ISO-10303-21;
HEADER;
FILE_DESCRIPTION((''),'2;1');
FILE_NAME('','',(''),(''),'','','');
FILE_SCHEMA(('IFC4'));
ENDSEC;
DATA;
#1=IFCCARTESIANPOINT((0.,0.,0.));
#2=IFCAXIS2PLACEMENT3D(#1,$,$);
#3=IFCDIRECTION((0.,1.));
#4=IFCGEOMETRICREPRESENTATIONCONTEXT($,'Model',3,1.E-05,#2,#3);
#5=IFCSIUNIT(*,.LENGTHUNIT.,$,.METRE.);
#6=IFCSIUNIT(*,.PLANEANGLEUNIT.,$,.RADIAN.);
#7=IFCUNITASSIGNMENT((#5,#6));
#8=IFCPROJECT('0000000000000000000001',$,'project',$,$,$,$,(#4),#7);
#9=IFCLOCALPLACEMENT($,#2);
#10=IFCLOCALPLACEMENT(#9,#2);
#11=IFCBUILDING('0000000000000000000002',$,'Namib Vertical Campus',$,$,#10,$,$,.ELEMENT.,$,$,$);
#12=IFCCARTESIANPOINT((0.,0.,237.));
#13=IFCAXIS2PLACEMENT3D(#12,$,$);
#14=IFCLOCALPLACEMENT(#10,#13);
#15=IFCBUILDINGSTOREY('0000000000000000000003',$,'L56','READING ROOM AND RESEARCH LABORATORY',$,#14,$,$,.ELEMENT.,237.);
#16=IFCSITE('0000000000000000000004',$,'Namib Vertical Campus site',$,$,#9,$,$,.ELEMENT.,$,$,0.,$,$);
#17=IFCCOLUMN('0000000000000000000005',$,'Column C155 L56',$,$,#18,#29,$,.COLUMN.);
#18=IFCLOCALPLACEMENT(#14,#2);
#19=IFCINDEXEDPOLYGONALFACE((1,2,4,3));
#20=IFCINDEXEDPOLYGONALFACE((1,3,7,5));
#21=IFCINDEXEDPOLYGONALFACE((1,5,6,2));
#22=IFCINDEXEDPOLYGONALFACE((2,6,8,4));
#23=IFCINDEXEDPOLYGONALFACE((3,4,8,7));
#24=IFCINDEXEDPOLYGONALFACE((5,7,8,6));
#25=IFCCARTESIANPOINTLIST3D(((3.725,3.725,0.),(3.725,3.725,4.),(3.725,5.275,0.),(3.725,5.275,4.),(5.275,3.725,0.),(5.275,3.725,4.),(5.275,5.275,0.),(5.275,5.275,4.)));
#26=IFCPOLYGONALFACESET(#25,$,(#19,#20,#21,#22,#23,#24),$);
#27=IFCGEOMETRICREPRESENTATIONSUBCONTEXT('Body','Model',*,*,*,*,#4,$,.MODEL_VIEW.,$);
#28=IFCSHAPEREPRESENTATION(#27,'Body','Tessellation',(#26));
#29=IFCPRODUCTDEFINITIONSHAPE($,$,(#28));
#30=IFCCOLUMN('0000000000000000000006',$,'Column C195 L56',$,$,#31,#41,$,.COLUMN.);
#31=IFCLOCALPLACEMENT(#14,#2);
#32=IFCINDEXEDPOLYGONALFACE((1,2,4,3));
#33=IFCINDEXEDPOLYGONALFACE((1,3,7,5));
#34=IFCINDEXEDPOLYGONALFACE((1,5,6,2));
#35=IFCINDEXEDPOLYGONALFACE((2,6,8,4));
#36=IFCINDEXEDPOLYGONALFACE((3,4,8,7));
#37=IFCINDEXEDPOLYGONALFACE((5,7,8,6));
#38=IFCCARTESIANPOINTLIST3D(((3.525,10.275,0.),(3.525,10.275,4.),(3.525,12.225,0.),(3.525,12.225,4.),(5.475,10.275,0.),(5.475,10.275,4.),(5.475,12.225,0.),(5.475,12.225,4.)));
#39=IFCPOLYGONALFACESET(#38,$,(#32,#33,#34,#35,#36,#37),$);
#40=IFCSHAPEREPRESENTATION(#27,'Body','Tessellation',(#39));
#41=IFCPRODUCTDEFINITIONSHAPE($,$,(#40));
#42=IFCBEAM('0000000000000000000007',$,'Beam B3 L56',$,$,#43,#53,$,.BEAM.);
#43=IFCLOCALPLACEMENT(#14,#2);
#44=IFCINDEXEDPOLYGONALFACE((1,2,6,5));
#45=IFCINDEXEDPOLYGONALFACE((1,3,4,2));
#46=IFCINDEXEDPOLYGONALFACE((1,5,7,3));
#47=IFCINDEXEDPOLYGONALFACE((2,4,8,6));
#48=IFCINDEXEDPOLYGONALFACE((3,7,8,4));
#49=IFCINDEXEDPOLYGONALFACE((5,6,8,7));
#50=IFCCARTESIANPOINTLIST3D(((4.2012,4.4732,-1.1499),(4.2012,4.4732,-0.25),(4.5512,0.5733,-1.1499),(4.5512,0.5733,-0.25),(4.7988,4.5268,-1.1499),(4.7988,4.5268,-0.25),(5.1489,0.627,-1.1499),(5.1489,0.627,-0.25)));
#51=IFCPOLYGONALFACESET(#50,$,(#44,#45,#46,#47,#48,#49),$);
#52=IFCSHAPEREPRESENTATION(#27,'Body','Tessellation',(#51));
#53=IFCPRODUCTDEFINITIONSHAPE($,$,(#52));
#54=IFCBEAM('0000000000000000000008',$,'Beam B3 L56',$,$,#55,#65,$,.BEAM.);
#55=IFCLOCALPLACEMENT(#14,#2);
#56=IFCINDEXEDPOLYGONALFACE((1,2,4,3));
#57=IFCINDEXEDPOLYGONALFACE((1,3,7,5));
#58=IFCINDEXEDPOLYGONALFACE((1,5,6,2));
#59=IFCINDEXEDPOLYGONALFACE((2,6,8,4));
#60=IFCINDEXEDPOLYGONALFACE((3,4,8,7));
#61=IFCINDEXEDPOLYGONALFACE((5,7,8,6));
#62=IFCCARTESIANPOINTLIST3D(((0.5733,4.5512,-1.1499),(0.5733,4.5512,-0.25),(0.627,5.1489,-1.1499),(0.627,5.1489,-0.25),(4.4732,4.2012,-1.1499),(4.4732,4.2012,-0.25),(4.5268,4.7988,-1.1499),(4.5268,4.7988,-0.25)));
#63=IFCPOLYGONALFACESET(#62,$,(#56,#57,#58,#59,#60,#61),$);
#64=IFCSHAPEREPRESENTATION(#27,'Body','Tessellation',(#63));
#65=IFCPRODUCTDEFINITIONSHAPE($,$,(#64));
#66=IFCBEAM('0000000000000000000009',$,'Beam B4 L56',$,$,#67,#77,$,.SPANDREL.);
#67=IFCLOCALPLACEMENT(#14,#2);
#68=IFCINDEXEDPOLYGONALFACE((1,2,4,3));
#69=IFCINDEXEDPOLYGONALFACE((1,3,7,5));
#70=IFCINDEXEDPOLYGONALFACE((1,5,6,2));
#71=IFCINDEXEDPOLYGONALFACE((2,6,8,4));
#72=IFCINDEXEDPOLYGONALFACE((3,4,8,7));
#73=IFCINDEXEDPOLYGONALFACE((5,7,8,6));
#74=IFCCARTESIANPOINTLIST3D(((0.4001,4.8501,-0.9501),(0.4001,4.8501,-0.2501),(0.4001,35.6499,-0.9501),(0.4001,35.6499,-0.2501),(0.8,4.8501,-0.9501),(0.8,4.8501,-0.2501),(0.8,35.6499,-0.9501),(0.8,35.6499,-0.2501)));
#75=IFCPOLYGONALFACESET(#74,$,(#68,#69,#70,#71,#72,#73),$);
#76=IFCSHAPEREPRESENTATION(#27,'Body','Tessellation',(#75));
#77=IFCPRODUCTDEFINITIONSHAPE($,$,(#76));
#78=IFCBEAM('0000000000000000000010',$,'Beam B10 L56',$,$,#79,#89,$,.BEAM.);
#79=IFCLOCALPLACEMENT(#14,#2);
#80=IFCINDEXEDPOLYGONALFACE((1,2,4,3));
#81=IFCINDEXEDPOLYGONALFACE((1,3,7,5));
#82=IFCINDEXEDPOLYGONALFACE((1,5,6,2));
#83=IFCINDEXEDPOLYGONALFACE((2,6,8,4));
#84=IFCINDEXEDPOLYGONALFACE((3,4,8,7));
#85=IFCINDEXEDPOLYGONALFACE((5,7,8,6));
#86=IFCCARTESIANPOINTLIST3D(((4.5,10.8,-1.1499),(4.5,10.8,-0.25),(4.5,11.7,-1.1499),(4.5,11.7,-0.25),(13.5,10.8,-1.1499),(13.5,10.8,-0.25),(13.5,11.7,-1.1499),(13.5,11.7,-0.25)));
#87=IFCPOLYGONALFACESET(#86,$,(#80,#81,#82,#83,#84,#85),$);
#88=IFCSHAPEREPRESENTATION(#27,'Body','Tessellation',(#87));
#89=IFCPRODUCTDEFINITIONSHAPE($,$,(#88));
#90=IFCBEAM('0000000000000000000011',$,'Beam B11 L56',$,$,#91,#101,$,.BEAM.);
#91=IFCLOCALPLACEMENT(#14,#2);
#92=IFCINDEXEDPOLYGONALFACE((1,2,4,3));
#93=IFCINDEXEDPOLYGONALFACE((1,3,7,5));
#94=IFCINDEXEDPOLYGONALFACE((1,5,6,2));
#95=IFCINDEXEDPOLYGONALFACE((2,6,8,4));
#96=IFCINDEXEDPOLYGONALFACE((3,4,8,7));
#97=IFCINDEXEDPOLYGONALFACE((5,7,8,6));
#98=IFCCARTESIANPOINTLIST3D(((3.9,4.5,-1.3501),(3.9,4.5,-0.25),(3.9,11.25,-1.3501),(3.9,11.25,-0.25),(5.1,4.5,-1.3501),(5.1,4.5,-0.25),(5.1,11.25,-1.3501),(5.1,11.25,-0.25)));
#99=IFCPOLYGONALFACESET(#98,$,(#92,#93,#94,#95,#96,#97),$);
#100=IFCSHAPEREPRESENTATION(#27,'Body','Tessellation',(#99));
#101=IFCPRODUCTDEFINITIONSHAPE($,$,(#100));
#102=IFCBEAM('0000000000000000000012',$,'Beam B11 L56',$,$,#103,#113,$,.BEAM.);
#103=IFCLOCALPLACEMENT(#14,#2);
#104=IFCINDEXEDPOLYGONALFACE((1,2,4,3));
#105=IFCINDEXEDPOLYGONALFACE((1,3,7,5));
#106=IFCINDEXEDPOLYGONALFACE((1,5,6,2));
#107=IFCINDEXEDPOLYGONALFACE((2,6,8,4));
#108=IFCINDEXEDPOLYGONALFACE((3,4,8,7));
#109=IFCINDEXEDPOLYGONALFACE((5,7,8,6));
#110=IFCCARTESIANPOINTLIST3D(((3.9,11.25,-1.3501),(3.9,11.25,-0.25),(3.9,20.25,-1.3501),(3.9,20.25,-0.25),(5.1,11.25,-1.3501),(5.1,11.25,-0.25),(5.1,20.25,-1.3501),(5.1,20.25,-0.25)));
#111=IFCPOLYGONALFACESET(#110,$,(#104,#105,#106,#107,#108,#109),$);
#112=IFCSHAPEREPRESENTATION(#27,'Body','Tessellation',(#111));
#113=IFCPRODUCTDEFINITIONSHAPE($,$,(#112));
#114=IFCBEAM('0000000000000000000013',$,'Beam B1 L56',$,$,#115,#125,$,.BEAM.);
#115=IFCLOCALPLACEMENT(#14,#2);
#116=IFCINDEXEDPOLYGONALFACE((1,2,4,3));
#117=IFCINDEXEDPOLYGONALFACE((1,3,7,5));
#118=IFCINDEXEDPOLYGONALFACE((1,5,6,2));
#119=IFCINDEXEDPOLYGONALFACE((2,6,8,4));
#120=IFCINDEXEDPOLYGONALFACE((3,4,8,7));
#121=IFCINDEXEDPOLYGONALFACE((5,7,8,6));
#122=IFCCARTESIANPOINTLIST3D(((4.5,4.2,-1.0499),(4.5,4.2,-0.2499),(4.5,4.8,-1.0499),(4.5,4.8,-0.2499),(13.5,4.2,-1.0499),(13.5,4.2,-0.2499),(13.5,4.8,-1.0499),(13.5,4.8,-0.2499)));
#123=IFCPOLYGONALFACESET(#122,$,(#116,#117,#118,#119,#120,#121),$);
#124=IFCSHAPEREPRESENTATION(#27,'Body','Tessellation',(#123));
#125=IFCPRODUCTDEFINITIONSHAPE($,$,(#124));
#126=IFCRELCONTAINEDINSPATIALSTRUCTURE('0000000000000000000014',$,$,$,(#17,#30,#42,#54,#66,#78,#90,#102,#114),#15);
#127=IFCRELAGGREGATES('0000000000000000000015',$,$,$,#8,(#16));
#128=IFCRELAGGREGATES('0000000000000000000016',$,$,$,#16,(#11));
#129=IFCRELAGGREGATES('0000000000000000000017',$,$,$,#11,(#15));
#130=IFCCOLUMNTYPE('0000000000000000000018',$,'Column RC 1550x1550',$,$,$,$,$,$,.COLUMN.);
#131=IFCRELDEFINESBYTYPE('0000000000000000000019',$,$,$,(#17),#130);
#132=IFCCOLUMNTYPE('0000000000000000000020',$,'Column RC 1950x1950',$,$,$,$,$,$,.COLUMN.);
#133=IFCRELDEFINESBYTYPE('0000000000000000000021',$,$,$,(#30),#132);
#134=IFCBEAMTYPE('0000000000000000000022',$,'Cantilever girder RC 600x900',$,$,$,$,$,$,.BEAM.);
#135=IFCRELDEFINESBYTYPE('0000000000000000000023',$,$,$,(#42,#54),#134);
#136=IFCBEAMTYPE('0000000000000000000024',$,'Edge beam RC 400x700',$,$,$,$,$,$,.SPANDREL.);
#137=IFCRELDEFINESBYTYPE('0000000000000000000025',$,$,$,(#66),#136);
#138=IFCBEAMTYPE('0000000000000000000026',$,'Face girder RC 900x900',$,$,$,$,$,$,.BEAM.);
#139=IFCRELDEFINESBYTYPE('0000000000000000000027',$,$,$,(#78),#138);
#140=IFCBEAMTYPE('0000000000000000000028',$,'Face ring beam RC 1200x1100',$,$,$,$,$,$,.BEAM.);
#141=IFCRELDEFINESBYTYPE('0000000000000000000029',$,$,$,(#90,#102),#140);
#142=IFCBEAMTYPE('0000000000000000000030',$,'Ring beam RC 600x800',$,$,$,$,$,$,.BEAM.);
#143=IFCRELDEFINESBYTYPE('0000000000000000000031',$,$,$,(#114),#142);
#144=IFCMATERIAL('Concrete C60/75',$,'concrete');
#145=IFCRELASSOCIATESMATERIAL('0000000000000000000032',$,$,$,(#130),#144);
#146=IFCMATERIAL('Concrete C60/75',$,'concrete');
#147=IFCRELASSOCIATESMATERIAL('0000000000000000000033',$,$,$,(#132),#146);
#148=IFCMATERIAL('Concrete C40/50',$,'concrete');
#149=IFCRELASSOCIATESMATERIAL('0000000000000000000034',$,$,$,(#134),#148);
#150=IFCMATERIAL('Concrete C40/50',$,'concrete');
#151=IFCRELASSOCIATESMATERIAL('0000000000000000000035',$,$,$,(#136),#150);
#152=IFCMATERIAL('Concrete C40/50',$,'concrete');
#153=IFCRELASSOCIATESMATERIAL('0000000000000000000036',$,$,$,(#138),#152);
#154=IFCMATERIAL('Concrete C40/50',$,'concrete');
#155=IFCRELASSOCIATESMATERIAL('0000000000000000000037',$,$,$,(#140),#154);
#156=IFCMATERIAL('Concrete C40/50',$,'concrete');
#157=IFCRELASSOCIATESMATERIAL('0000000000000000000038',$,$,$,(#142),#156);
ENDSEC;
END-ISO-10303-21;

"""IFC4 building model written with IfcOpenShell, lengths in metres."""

from ifc_helpers import new_model, si_unit, direction, frame, origin, origin_2d, place, context, subcontext, project, spatial, rectangle, extrude, material, material_profile, profile_set, type_object, element, save


model = new_model("IFC4")

# Units and contexts
model_context = context("Model", 3, precision=1e-05, world=origin(), true_north=direction((0.0, 1.0)))
body_context = subcontext(model_context, "Body", "Model", "MODEL_VIEW")
ifc_project = project(units=[si_unit("LENGTHUNIT", "METRE"), si_unit("PLANEANGLEUNIT", "RADIAN")], contexts=[model_context])

# Site, building, storey
site_placement = place(None, origin())
site = spatial("IfcSite", under=ifc_project, at=site_placement, Name="Namib Vertical Campus site", CompositionType="ELEMENT", RefElevation=0.0)
building_placement = place(site_placement, origin())
building = spatial("IfcBuilding", under=site, at=building_placement, Name="Namib Vertical Campus", CompositionType="ELEMENT")
storey_placement = place(building_placement, frame((0.0, 0.0, 237.0)))
storey = spatial("IfcBuildingStorey", under=building, at=storey_placement, Name="L56", Description="READING ROOM AND RESEARCH LABORATORY", CompositionType="ELEMENT", Elevation=237.0)

# Columns
ifc_material_1 = material(Name="Concrete C60/75", Category="concrete")
ifc_material_profile_1 = material_profile(ifc_material_1, rectangle(XDim=1.55, YDim=1.55, at=origin_2d()))
ifc_profile_set_1 = profile_set([ifc_material_profile_1], Name="Concrete C60/75")
column_type_1 = type_object("IfcColumnType", Name="Column RC 1550x1550", PredefinedType="COLUMN", material=ifc_profile_set_1)
column_1_placement = place(storey_placement, frame((4.5, 4.5, 0.0), z_axis=(0.0, 0.0, 1.0), x_axis=(1.0, 0.0, 0.0)))
element("IfcColumn", 1, at=column_1_placement, inside=storey, type_object=column_type_1, Name="Column C155 L56", PredefinedType="COLUMN", context=body_context, shape_type="SweptSolid", body=[
    extrude(rectangle(XDim=1.55, YDim=1.55, at=origin_2d()), origin(), (0.0, 0.0, 1.0), 4.0),
])
ifc_material_2 = material(Name="Concrete C60/75", Category="concrete")
ifc_material_profile_2 = material_profile(ifc_material_2, rectangle(XDim=1.95, YDim=1.95, at=origin_2d()))
ifc_profile_set_2 = profile_set([ifc_material_profile_2], Name="Concrete C60/75")
column_type_2 = type_object("IfcColumnType", Name="Column RC 1950x1950", PredefinedType="COLUMN", material=ifc_profile_set_2)
column_2_placement = place(storey_placement, frame((4.5, 11.25, 0.0), z_axis=(0.0, 0.0, 1.0), x_axis=(1.0, 0.0, 0.0)))
element("IfcColumn", 2, at=column_2_placement, inside=storey, type_object=column_type_2, Name="Column C195 L56", PredefinedType="COLUMN", context=body_context, shape_type="SweptSolid", body=[
    extrude(rectangle(XDim=1.95, YDim=1.95, at=origin_2d()), origin(), (0.0, 0.0, 1.0), 4.0),
])

# Beams
ifc_material_3 = material(Name="Concrete C40/50", Category="concrete")
ifc_material_profile_3 = material_profile(ifc_material_3, rectangle(XDim=0.6001, YDim=0.8999, at=origin_2d()))
ifc_profile_set_3 = profile_set([ifc_material_profile_3], Name="Concrete C40/50")
beam_type_1 = type_object("IfcBeamType", Name="Cantilever girder RC 600x900", PredefinedType="BEAM", material=ifc_profile_set_3)
for number, where, z_axis, x_axis, name in (
    (3, (4.5, 4.5, -0.7), (0.089411, -0.995995, 0.0), (0.995995, 0.089411, 0.0), "Beam B3 L56"),
    (4, (4.5, 4.5, -0.7), (-0.995995, 0.089411, 0.0), (-0.089411, -0.995995, 0.0), "Beam B3 L56"),
):
    element("IfcBeam", number, at=place(storey_placement, frame(where, z_axis=z_axis, x_axis=x_axis)), inside=storey, type_object=beam_type_1, Name=name, PredefinedType="BEAM", context=body_context, shape_type="SweptSolid", body=[
        extrude(rectangle(XDim=0.6001, YDim=0.8999, at=origin_2d()), origin(), (0.0, 0.0, 1.0), 3.9155),
    ])
ifc_material_4 = material(Name="Concrete C40/50", Category="concrete")
ifc_material_profile_4 = material_profile(ifc_material_4, rectangle(XDim=0.3999, YDim=0.7, at=origin_2d()))
ifc_profile_set_4 = profile_set([ifc_material_profile_4], Name="Concrete C40/50")
beam_type_2 = type_object("IfcBeamType", Name="Edge beam RC 400x700", PredefinedType="SPANDREL", material=ifc_profile_set_4)
beam_1_placement = place(storey_placement, frame((0.6001, 4.8501, -0.6001), z_axis=(0.0, 1.0, 0.0), x_axis=(-1.0, 0.0, 0.0)))
element("IfcBeam", 5, at=beam_1_placement, inside=storey, type_object=beam_type_2, Name="Beam B4 L56", PredefinedType="SPANDREL", context=body_context, shape_type="SweptSolid", body=[
    extrude(rectangle(XDim=0.3999, YDim=0.7, at=origin_2d()), origin(), (0.0, 0.0, 1.0), 30.7998),
])
ifc_material_5 = material(Name="Concrete C40/50", Category="concrete")
ifc_material_profile_5 = material_profile(ifc_material_5, rectangle(XDim=0.8999, YDim=0.8999, at=origin_2d()))
ifc_profile_set_5 = profile_set([ifc_material_profile_5], Name="Concrete C40/50")
beam_type_3 = type_object("IfcBeamType", Name="Face girder RC 900x900", PredefinedType="BEAM", material=ifc_profile_set_5)
beam_2_placement = place(storey_placement, frame((4.5, 11.25, -0.7), z_axis=(1.0, 0.0, 0.0), x_axis=(0.0, 1.0, 0.0)))
element("IfcBeam", 6, at=beam_2_placement, inside=storey, type_object=beam_type_3, Name="Beam B10 L56", PredefinedType="BEAM", context=body_context, shape_type="SweptSolid", body=[
    extrude(rectangle(XDim=0.8999, YDim=0.8999, at=origin_2d()), origin(), (0.0, 0.0, 1.0), 9.0),
])
ifc_material_6 = material(Name="Concrete C40/50", Category="concrete")
ifc_material_profile_6 = material_profile(ifc_material_6, rectangle(XDim=1.2, YDim=1.1001, at=origin_2d()))
ifc_profile_set_6 = profile_set([ifc_material_profile_6], Name="Concrete C40/50")
beam_type_4 = type_object("IfcBeamType", Name="Face ring beam RC 1200x1100", PredefinedType="BEAM", material=ifc_profile_set_6)
beam_3_placement = place(storey_placement, frame((4.5, 4.5, -0.8), z_axis=(0.0, 1.0, 0.0), x_axis=(-1.0, 0.0, 0.0)))
element("IfcBeam", 7, at=beam_3_placement, inside=storey, type_object=beam_type_4, Name="Beam B11 L56", PredefinedType="BEAM", context=body_context, shape_type="SweptSolid", body=[
    extrude(rectangle(XDim=1.2, YDim=1.1001, at=origin_2d()), origin(), (0.0, 0.0, 1.0), 6.75),
])
beam_4_placement = place(storey_placement, frame((4.5, 11.25, -0.8), z_axis=(0.0, 1.0, 0.0), x_axis=(-1.0, 0.0, 0.0)))
element("IfcBeam", 8, at=beam_4_placement, inside=storey, type_object=beam_type_4, Name="Beam B11 L56", PredefinedType="BEAM", context=body_context, shape_type="SweptSolid", body=[
    extrude(rectangle(XDim=1.2, YDim=1.1001, at=origin_2d()), origin(), (0.0, 0.0, 1.0), 9.0),
])
ifc_material_7 = material(Name="Concrete C40/50", Category="concrete")
ifc_material_profile_7 = material_profile(ifc_material_7, rectangle(XDim=0.6001, YDim=0.8, at=origin_2d()))
ifc_profile_set_7 = profile_set([ifc_material_profile_7], Name="Concrete C40/50")
beam_type_5 = type_object("IfcBeamType", Name="Ring beam RC 600x800", PredefinedType="BEAM", material=ifc_profile_set_7)
beam_5_placement = place(storey_placement, frame((4.5, 4.5, -0.6499), z_axis=(1.0, 0.0, 0.0), x_axis=(0.0, 1.0, 0.0)))
element("IfcBeam", 9, at=beam_5_placement, inside=storey, type_object=beam_type_5, Name="Beam B1 L56", PredefinedType="BEAM", context=body_context, shape_type="SweptSolid", body=[
    extrude(rectangle(XDim=0.6001, YDim=0.8, at=origin_2d()), origin(), (0.0, 0.0, 1.0), 9.0),
])

save(model, "model.ifc")
